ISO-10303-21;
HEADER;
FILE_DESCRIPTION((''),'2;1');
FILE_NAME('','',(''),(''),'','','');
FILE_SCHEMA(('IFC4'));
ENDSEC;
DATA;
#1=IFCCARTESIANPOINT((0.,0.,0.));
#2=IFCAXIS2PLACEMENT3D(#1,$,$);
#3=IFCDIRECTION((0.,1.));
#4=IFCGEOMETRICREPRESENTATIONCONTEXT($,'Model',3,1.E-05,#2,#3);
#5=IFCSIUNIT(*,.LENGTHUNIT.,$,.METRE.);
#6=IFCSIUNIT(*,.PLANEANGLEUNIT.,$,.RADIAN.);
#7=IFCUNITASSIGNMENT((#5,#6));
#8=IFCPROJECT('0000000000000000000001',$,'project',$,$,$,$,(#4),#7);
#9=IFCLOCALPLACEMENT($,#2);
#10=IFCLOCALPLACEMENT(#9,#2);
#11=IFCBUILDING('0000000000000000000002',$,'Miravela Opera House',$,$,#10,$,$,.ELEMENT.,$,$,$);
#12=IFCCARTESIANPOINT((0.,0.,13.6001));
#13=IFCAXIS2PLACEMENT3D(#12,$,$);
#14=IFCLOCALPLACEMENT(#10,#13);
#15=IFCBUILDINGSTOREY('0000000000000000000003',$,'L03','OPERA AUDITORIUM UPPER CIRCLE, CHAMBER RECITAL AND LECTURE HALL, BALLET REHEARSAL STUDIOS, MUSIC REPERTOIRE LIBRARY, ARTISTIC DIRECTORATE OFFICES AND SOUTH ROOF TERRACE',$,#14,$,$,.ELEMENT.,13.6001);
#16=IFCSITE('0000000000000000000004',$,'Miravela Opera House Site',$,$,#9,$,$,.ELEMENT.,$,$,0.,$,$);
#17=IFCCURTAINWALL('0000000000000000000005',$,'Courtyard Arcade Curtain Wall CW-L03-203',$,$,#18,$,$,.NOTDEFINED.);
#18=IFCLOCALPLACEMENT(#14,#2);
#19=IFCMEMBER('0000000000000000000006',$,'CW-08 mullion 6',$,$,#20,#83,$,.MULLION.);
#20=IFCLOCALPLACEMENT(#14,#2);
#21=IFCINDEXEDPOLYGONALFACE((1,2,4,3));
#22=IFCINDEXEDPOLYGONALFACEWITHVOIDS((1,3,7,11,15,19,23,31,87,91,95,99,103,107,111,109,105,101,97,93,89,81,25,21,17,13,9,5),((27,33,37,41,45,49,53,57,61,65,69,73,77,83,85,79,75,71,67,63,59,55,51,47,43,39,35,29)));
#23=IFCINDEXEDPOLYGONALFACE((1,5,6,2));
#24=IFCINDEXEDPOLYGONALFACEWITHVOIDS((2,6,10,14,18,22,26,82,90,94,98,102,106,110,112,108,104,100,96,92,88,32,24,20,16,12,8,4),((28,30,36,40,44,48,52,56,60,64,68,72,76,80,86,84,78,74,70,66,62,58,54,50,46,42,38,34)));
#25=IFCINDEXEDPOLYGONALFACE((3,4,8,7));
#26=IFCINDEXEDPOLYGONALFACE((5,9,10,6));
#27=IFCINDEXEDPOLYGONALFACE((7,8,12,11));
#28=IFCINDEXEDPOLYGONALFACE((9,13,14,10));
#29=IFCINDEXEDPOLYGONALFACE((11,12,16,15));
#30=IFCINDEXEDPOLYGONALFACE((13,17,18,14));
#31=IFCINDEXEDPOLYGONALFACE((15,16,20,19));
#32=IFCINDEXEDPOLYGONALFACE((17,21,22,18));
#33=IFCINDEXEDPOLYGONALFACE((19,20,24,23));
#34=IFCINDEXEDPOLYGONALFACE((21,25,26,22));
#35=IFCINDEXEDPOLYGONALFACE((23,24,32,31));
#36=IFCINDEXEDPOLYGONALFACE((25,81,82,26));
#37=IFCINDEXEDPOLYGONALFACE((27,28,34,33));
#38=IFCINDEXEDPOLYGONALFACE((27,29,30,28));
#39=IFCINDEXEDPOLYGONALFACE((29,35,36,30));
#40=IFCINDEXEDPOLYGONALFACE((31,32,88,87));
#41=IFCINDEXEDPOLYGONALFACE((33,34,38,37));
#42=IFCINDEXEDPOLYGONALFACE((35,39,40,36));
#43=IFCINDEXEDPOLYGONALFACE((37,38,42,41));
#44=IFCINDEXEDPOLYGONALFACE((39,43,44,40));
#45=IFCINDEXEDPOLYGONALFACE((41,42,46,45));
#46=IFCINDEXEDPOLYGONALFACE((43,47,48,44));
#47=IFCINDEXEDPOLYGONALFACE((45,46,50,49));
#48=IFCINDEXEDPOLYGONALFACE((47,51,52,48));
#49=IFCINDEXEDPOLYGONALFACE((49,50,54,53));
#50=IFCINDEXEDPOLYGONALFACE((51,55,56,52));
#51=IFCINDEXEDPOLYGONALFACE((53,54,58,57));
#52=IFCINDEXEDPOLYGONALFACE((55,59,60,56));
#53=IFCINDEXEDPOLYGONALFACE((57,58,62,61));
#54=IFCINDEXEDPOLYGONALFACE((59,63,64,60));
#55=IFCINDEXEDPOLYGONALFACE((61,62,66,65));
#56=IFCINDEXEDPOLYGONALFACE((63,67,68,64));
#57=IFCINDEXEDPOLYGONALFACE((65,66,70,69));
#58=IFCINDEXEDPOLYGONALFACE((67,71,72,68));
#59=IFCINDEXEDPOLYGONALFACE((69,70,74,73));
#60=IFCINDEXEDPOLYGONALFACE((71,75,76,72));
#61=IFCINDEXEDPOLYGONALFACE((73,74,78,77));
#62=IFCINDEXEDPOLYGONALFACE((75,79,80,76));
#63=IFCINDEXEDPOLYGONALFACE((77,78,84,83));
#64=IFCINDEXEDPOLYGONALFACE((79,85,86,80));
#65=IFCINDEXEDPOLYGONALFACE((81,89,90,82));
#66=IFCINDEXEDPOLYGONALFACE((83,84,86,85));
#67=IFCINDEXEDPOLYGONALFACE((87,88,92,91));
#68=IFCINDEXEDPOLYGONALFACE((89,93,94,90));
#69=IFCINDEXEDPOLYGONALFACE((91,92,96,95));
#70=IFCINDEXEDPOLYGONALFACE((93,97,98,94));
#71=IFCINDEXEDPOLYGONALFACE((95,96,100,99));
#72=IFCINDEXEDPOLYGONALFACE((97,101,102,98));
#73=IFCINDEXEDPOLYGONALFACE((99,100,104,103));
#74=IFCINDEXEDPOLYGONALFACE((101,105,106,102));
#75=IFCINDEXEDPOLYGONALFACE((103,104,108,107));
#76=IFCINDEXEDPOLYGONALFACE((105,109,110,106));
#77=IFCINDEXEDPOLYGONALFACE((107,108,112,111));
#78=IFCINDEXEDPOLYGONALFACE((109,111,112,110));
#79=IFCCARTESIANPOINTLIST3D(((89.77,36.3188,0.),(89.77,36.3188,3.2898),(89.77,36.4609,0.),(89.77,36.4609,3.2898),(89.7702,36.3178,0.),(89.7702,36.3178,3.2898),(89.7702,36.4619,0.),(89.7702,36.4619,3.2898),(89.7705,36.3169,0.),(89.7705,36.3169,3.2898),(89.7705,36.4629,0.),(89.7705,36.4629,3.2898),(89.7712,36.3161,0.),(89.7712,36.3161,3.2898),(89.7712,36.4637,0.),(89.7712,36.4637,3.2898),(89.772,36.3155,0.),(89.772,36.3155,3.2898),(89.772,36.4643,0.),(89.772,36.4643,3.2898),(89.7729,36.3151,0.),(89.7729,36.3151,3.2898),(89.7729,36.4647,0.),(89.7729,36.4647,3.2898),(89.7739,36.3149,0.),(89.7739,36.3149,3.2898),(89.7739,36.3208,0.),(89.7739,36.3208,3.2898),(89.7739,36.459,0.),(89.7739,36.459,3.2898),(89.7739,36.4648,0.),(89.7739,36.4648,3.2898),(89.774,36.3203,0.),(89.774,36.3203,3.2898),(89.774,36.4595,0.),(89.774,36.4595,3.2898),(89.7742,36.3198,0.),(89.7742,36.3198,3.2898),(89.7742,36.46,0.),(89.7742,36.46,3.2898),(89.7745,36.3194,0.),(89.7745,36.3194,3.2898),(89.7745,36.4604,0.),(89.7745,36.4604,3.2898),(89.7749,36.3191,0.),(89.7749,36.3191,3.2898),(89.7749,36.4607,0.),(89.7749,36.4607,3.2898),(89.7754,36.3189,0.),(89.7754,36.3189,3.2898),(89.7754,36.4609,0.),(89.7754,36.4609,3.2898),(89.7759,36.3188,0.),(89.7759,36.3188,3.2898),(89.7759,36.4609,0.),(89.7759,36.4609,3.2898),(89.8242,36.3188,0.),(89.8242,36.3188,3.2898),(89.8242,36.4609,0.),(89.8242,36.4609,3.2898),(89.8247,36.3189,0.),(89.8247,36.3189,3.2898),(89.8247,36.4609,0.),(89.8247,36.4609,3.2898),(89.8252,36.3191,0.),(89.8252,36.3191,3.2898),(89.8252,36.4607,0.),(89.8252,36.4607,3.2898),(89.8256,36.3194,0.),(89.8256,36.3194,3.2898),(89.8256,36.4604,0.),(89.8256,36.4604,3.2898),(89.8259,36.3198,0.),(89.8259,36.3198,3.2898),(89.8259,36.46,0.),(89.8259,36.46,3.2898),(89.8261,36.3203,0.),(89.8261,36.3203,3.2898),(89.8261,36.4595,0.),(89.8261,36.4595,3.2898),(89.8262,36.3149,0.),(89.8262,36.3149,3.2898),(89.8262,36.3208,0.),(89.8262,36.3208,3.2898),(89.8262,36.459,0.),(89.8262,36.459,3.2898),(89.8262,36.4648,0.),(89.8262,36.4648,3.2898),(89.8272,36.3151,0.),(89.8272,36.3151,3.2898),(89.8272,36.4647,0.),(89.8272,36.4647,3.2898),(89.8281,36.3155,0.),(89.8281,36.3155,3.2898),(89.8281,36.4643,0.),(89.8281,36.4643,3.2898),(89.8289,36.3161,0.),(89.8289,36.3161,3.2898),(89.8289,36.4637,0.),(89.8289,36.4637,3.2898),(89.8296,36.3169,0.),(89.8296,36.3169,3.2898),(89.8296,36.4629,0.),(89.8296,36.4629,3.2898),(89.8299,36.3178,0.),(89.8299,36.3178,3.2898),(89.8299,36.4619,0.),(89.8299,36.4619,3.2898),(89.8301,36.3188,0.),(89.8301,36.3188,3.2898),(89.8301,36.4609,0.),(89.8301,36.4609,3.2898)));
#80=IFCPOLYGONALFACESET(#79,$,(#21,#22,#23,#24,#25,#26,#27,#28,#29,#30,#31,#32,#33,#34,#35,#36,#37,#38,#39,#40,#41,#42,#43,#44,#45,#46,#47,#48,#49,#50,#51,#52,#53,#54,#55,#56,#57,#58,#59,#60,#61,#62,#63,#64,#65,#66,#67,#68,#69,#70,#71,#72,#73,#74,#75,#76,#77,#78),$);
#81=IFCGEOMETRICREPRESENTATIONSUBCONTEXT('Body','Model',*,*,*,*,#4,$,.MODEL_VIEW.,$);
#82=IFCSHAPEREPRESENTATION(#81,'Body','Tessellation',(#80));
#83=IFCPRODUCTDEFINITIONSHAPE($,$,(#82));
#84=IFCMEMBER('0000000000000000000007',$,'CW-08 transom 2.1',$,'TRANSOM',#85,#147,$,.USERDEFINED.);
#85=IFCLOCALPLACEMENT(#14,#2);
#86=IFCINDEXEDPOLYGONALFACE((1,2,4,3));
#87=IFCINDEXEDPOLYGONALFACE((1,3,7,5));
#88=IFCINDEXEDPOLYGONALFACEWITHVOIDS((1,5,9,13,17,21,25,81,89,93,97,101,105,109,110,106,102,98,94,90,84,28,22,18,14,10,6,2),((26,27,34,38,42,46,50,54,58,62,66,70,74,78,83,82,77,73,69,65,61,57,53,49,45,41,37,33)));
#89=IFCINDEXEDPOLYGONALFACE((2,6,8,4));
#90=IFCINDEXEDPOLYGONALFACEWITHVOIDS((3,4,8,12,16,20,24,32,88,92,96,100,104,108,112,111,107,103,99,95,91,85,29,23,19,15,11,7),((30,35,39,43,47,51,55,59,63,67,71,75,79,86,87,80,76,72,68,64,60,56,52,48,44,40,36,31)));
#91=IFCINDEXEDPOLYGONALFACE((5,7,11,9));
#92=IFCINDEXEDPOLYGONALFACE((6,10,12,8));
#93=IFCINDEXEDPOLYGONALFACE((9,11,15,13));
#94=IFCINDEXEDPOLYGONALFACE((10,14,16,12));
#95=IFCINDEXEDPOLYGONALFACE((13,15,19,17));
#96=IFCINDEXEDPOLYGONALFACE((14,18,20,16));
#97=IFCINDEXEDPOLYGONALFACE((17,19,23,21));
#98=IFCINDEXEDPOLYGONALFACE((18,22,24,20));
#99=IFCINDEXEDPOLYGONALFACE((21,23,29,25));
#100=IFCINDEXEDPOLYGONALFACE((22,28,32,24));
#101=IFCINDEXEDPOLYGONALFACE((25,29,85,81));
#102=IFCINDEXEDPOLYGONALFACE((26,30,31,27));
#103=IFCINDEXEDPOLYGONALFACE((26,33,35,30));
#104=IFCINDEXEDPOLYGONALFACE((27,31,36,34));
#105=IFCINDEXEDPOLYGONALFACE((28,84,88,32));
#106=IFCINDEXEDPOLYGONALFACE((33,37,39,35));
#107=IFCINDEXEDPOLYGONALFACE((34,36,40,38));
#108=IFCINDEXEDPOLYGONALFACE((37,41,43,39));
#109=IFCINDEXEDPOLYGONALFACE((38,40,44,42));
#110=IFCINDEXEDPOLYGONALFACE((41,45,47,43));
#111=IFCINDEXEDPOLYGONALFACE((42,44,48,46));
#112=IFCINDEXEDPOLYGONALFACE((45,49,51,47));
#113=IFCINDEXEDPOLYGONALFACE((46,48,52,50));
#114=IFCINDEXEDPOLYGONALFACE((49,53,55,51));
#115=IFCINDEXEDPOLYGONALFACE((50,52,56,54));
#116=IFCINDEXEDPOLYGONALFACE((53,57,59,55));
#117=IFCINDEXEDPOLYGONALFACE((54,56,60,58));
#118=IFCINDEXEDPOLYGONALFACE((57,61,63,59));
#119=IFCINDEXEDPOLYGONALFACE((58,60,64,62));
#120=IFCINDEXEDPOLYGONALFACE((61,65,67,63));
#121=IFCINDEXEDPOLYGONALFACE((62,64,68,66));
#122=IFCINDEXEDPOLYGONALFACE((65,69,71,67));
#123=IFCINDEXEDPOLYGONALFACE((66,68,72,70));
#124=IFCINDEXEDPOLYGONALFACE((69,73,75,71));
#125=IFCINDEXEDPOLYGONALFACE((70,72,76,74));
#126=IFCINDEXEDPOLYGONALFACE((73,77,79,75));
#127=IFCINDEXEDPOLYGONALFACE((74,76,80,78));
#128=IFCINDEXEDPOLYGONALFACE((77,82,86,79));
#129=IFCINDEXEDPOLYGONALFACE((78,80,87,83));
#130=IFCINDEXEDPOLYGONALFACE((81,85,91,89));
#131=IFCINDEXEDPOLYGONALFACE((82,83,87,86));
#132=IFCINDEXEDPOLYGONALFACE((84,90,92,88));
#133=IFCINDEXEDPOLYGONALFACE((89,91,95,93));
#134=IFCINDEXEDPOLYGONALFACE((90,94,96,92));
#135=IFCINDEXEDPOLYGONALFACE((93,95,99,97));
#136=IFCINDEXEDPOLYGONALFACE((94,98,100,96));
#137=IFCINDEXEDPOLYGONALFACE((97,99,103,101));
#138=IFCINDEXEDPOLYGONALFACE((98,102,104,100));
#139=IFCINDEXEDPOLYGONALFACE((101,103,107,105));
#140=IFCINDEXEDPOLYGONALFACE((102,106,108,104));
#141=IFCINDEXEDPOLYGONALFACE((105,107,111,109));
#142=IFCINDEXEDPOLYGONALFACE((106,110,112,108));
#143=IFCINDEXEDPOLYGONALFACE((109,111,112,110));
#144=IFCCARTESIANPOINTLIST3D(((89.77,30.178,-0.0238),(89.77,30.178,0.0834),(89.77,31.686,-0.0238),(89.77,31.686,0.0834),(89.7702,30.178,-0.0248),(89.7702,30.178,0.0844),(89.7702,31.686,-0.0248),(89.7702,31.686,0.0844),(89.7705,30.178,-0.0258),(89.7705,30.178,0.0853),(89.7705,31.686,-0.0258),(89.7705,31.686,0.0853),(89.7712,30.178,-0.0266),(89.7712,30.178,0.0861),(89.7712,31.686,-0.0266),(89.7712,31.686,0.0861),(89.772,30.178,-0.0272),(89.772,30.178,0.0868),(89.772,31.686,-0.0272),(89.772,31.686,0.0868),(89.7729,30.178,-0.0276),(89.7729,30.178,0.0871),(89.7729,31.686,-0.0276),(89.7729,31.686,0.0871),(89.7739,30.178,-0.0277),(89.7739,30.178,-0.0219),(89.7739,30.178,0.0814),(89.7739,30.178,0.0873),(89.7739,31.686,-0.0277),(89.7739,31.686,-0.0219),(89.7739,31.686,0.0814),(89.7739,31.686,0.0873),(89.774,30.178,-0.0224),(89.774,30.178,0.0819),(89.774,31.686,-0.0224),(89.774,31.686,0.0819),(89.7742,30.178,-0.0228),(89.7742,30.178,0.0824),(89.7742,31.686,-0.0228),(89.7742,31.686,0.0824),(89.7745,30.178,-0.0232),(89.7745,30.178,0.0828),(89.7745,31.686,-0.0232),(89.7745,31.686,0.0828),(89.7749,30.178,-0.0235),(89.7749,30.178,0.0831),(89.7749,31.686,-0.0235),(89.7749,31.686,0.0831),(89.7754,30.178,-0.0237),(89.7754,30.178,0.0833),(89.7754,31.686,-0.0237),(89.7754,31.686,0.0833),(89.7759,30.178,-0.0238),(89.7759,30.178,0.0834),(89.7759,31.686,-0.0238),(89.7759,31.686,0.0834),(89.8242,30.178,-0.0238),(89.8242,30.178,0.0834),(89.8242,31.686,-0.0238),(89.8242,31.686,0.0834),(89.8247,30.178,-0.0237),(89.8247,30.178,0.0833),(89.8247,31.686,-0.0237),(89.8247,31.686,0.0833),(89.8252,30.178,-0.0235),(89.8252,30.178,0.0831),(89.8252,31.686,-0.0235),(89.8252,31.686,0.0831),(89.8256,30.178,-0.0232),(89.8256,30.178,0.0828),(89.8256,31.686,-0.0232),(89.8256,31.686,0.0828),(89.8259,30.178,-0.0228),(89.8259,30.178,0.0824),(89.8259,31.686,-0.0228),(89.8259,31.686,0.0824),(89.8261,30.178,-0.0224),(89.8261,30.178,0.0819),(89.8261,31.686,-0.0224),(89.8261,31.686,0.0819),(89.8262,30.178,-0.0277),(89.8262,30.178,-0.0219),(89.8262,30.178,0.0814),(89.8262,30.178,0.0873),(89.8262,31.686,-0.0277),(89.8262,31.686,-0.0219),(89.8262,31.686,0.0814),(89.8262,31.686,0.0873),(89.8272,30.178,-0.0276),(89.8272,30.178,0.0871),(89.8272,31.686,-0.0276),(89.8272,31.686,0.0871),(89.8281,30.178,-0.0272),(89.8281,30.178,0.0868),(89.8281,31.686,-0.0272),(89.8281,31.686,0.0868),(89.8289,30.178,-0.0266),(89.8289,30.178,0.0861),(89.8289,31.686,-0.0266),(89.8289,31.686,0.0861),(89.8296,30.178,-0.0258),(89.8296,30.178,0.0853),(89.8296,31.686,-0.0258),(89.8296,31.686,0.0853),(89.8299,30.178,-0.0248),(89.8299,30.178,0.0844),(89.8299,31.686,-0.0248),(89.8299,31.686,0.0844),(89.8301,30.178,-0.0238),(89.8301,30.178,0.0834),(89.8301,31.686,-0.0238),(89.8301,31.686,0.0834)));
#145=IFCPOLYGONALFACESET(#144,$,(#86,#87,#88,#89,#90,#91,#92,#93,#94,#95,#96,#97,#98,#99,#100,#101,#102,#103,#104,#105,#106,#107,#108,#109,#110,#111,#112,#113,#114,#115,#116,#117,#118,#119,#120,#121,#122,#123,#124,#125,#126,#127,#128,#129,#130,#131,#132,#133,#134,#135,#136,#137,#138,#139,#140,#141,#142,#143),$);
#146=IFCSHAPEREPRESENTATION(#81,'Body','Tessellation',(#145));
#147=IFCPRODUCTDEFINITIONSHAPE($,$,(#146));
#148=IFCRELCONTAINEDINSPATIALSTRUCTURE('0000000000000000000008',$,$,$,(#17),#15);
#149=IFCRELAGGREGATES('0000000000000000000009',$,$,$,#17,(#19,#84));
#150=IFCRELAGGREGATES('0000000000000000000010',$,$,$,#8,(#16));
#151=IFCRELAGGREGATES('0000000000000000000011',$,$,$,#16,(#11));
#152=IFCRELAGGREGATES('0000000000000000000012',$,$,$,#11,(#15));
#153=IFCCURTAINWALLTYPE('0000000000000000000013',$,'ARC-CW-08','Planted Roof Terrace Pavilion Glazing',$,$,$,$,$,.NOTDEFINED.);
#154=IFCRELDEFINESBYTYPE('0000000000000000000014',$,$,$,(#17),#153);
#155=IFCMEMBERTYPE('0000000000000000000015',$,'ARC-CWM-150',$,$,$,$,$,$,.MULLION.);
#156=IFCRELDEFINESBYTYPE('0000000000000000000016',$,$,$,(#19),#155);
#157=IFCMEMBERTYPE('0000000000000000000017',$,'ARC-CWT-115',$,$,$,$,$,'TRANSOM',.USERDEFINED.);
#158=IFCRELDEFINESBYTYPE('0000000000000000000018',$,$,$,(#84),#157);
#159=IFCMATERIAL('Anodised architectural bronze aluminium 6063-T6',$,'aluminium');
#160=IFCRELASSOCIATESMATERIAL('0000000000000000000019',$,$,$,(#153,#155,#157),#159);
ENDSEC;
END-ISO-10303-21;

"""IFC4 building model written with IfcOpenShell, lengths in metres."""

from ifc_helpers import new_model, si_unit, direction, frame, origin, origin_2d, place, context, subcontext, project, spatial, hollow_rectangle, extrude, material, material_profile, profile_set, type_object, element, aggregate, save


model = new_model("IFC4")

# Units and contexts
model_context = context("Model", 3, precision=1e-05, world=origin(), true_north=direction((0.0, 1.0)))
body_context = subcontext(model_context, "Body", "Model", "MODEL_VIEW")
ifc_project = project(units=[si_unit("LENGTHUNIT", "METRE"), si_unit("PLANEANGLEUNIT", "RADIAN")], contexts=[model_context])

# Site, building, storey
site_placement = place(None, origin())
site = spatial("IfcSite", under=ifc_project, at=site_placement, Name="Miravela Opera House Site", CompositionType="ELEMENT", RefElevation=0.0)
building_placement = place(site_placement, origin())
building = spatial("IfcBuilding", under=site, at=building_placement, Name="Miravela Opera House", CompositionType="ELEMENT")
storey_placement = place(building_placement, frame((0.0, 0.0, 13.6001)))
storey = spatial("IfcBuildingStorey", under=building, at=storey_placement, Name="L03", Description="OPERA AUDITORIUM UPPER CIRCLE, CHAMBER RECITAL AND LECTURE HALL, BALLET REHEARSAL STUDIOS, MUSIC REPERTOIRE LIBRARY, ARTISTIC DIRECTORATE OFFICES AND SOUTH ROOF TERRACE", CompositionType="ELEMENT", Elevation=13.6001)

# Curtain wall, members
ifc_material_1 = material(Name="Anodised architectural bronze aluminium 6063-T6", Category="aluminium")
curtain_wall_type = type_object("IfcCurtainWallType", Name="ARC-CW-08", Description="Planted Roof Terrace Pavilion Glazing", PredefinedType="NOTDEFINED", material=ifc_material_1)
curtain_wall_placement = place(storey_placement, origin())
curtain_wall = element("IfcCurtainWall", 1, at=curtain_wall_placement, inside=storey, type_object=curtain_wall_type, Name="Courtyard Arcade Curtain Wall CW-L03-203", PredefinedType="NOTDEFINED")
ifc_material_profile_1 = material_profile(ifc_material_1, hollow_rectangle(XDim=0.0601, YDim=0.1499, WallThickness=0.0039, InnerFilletRadius=0.002, OuterFilletRadius=0.0039, at=origin_2d()), Name="CWM-60X150")
ifc_profile_set_1 = profile_set([ifc_material_profile_1])
member_type_1 = type_object("IfcMemberType", Name="ARC-CWM-150", PredefinedType="MULLION", material=ifc_profile_set_1)
member_1_placement = place(storey_placement, frame((89.8, 36.3899, 0.0), z_axis=(0.0, 0.0, 1.0), x_axis=(-1.0, 0.0, 0.0)))
member_1 = element("IfcMember", 2, at=member_1_placement, type_object=member_type_1, Name="CW-08 mullion 6", PredefinedType="MULLION", context=body_context, shape_type="SweptSolid", body=[
    extrude(hollow_rectangle(XDim=0.0601, YDim=0.1499, WallThickness=0.0039, InnerFilletRadius=0.002, OuterFilletRadius=0.0039, at=origin_2d()), origin(), (0.0, 0.0, 1.0), 3.2898),
])
ifc_material_profile_2 = material_profile(ifc_material_1, hollow_rectangle(XDim=0.0601, YDim=0.115, WallThickness=0.0039, InnerFilletRadius=0.002, OuterFilletRadius=0.0039, at=origin_2d()), Name="CWT-60X115")
ifc_profile_set_2 = profile_set([ifc_material_profile_2])
member_type_2 = type_object("IfcMemberType", Name="ARC-CWT-115", ElementType="TRANSOM", PredefinedType="USERDEFINED", material=ifc_profile_set_2)
member_2_placement = place(storey_placement, frame((89.8, 30.178, 0.0298), z_axis=(0.0, 1.0, 0.0), x_axis=(-1.0, 0.0, 0.0)))
member_2 = element("IfcMember", 3, at=member_2_placement, type_object=member_type_2, Name="CW-08 transom 2.1", ObjectType="TRANSOM", PredefinedType="USERDEFINED", context=body_context, shape_type="SweptSolid", body=[
    extrude(hollow_rectangle(XDim=0.0601, YDim=0.115, WallThickness=0.0039, InnerFilletRadius=0.002, OuterFilletRadius=0.0039, at=origin_2d()), origin(), (0.0, 0.0, 1.0), 1.5081),
])
aggregate(curtain_wall, [member_1, member_2])

save(model, "model.ifc")
